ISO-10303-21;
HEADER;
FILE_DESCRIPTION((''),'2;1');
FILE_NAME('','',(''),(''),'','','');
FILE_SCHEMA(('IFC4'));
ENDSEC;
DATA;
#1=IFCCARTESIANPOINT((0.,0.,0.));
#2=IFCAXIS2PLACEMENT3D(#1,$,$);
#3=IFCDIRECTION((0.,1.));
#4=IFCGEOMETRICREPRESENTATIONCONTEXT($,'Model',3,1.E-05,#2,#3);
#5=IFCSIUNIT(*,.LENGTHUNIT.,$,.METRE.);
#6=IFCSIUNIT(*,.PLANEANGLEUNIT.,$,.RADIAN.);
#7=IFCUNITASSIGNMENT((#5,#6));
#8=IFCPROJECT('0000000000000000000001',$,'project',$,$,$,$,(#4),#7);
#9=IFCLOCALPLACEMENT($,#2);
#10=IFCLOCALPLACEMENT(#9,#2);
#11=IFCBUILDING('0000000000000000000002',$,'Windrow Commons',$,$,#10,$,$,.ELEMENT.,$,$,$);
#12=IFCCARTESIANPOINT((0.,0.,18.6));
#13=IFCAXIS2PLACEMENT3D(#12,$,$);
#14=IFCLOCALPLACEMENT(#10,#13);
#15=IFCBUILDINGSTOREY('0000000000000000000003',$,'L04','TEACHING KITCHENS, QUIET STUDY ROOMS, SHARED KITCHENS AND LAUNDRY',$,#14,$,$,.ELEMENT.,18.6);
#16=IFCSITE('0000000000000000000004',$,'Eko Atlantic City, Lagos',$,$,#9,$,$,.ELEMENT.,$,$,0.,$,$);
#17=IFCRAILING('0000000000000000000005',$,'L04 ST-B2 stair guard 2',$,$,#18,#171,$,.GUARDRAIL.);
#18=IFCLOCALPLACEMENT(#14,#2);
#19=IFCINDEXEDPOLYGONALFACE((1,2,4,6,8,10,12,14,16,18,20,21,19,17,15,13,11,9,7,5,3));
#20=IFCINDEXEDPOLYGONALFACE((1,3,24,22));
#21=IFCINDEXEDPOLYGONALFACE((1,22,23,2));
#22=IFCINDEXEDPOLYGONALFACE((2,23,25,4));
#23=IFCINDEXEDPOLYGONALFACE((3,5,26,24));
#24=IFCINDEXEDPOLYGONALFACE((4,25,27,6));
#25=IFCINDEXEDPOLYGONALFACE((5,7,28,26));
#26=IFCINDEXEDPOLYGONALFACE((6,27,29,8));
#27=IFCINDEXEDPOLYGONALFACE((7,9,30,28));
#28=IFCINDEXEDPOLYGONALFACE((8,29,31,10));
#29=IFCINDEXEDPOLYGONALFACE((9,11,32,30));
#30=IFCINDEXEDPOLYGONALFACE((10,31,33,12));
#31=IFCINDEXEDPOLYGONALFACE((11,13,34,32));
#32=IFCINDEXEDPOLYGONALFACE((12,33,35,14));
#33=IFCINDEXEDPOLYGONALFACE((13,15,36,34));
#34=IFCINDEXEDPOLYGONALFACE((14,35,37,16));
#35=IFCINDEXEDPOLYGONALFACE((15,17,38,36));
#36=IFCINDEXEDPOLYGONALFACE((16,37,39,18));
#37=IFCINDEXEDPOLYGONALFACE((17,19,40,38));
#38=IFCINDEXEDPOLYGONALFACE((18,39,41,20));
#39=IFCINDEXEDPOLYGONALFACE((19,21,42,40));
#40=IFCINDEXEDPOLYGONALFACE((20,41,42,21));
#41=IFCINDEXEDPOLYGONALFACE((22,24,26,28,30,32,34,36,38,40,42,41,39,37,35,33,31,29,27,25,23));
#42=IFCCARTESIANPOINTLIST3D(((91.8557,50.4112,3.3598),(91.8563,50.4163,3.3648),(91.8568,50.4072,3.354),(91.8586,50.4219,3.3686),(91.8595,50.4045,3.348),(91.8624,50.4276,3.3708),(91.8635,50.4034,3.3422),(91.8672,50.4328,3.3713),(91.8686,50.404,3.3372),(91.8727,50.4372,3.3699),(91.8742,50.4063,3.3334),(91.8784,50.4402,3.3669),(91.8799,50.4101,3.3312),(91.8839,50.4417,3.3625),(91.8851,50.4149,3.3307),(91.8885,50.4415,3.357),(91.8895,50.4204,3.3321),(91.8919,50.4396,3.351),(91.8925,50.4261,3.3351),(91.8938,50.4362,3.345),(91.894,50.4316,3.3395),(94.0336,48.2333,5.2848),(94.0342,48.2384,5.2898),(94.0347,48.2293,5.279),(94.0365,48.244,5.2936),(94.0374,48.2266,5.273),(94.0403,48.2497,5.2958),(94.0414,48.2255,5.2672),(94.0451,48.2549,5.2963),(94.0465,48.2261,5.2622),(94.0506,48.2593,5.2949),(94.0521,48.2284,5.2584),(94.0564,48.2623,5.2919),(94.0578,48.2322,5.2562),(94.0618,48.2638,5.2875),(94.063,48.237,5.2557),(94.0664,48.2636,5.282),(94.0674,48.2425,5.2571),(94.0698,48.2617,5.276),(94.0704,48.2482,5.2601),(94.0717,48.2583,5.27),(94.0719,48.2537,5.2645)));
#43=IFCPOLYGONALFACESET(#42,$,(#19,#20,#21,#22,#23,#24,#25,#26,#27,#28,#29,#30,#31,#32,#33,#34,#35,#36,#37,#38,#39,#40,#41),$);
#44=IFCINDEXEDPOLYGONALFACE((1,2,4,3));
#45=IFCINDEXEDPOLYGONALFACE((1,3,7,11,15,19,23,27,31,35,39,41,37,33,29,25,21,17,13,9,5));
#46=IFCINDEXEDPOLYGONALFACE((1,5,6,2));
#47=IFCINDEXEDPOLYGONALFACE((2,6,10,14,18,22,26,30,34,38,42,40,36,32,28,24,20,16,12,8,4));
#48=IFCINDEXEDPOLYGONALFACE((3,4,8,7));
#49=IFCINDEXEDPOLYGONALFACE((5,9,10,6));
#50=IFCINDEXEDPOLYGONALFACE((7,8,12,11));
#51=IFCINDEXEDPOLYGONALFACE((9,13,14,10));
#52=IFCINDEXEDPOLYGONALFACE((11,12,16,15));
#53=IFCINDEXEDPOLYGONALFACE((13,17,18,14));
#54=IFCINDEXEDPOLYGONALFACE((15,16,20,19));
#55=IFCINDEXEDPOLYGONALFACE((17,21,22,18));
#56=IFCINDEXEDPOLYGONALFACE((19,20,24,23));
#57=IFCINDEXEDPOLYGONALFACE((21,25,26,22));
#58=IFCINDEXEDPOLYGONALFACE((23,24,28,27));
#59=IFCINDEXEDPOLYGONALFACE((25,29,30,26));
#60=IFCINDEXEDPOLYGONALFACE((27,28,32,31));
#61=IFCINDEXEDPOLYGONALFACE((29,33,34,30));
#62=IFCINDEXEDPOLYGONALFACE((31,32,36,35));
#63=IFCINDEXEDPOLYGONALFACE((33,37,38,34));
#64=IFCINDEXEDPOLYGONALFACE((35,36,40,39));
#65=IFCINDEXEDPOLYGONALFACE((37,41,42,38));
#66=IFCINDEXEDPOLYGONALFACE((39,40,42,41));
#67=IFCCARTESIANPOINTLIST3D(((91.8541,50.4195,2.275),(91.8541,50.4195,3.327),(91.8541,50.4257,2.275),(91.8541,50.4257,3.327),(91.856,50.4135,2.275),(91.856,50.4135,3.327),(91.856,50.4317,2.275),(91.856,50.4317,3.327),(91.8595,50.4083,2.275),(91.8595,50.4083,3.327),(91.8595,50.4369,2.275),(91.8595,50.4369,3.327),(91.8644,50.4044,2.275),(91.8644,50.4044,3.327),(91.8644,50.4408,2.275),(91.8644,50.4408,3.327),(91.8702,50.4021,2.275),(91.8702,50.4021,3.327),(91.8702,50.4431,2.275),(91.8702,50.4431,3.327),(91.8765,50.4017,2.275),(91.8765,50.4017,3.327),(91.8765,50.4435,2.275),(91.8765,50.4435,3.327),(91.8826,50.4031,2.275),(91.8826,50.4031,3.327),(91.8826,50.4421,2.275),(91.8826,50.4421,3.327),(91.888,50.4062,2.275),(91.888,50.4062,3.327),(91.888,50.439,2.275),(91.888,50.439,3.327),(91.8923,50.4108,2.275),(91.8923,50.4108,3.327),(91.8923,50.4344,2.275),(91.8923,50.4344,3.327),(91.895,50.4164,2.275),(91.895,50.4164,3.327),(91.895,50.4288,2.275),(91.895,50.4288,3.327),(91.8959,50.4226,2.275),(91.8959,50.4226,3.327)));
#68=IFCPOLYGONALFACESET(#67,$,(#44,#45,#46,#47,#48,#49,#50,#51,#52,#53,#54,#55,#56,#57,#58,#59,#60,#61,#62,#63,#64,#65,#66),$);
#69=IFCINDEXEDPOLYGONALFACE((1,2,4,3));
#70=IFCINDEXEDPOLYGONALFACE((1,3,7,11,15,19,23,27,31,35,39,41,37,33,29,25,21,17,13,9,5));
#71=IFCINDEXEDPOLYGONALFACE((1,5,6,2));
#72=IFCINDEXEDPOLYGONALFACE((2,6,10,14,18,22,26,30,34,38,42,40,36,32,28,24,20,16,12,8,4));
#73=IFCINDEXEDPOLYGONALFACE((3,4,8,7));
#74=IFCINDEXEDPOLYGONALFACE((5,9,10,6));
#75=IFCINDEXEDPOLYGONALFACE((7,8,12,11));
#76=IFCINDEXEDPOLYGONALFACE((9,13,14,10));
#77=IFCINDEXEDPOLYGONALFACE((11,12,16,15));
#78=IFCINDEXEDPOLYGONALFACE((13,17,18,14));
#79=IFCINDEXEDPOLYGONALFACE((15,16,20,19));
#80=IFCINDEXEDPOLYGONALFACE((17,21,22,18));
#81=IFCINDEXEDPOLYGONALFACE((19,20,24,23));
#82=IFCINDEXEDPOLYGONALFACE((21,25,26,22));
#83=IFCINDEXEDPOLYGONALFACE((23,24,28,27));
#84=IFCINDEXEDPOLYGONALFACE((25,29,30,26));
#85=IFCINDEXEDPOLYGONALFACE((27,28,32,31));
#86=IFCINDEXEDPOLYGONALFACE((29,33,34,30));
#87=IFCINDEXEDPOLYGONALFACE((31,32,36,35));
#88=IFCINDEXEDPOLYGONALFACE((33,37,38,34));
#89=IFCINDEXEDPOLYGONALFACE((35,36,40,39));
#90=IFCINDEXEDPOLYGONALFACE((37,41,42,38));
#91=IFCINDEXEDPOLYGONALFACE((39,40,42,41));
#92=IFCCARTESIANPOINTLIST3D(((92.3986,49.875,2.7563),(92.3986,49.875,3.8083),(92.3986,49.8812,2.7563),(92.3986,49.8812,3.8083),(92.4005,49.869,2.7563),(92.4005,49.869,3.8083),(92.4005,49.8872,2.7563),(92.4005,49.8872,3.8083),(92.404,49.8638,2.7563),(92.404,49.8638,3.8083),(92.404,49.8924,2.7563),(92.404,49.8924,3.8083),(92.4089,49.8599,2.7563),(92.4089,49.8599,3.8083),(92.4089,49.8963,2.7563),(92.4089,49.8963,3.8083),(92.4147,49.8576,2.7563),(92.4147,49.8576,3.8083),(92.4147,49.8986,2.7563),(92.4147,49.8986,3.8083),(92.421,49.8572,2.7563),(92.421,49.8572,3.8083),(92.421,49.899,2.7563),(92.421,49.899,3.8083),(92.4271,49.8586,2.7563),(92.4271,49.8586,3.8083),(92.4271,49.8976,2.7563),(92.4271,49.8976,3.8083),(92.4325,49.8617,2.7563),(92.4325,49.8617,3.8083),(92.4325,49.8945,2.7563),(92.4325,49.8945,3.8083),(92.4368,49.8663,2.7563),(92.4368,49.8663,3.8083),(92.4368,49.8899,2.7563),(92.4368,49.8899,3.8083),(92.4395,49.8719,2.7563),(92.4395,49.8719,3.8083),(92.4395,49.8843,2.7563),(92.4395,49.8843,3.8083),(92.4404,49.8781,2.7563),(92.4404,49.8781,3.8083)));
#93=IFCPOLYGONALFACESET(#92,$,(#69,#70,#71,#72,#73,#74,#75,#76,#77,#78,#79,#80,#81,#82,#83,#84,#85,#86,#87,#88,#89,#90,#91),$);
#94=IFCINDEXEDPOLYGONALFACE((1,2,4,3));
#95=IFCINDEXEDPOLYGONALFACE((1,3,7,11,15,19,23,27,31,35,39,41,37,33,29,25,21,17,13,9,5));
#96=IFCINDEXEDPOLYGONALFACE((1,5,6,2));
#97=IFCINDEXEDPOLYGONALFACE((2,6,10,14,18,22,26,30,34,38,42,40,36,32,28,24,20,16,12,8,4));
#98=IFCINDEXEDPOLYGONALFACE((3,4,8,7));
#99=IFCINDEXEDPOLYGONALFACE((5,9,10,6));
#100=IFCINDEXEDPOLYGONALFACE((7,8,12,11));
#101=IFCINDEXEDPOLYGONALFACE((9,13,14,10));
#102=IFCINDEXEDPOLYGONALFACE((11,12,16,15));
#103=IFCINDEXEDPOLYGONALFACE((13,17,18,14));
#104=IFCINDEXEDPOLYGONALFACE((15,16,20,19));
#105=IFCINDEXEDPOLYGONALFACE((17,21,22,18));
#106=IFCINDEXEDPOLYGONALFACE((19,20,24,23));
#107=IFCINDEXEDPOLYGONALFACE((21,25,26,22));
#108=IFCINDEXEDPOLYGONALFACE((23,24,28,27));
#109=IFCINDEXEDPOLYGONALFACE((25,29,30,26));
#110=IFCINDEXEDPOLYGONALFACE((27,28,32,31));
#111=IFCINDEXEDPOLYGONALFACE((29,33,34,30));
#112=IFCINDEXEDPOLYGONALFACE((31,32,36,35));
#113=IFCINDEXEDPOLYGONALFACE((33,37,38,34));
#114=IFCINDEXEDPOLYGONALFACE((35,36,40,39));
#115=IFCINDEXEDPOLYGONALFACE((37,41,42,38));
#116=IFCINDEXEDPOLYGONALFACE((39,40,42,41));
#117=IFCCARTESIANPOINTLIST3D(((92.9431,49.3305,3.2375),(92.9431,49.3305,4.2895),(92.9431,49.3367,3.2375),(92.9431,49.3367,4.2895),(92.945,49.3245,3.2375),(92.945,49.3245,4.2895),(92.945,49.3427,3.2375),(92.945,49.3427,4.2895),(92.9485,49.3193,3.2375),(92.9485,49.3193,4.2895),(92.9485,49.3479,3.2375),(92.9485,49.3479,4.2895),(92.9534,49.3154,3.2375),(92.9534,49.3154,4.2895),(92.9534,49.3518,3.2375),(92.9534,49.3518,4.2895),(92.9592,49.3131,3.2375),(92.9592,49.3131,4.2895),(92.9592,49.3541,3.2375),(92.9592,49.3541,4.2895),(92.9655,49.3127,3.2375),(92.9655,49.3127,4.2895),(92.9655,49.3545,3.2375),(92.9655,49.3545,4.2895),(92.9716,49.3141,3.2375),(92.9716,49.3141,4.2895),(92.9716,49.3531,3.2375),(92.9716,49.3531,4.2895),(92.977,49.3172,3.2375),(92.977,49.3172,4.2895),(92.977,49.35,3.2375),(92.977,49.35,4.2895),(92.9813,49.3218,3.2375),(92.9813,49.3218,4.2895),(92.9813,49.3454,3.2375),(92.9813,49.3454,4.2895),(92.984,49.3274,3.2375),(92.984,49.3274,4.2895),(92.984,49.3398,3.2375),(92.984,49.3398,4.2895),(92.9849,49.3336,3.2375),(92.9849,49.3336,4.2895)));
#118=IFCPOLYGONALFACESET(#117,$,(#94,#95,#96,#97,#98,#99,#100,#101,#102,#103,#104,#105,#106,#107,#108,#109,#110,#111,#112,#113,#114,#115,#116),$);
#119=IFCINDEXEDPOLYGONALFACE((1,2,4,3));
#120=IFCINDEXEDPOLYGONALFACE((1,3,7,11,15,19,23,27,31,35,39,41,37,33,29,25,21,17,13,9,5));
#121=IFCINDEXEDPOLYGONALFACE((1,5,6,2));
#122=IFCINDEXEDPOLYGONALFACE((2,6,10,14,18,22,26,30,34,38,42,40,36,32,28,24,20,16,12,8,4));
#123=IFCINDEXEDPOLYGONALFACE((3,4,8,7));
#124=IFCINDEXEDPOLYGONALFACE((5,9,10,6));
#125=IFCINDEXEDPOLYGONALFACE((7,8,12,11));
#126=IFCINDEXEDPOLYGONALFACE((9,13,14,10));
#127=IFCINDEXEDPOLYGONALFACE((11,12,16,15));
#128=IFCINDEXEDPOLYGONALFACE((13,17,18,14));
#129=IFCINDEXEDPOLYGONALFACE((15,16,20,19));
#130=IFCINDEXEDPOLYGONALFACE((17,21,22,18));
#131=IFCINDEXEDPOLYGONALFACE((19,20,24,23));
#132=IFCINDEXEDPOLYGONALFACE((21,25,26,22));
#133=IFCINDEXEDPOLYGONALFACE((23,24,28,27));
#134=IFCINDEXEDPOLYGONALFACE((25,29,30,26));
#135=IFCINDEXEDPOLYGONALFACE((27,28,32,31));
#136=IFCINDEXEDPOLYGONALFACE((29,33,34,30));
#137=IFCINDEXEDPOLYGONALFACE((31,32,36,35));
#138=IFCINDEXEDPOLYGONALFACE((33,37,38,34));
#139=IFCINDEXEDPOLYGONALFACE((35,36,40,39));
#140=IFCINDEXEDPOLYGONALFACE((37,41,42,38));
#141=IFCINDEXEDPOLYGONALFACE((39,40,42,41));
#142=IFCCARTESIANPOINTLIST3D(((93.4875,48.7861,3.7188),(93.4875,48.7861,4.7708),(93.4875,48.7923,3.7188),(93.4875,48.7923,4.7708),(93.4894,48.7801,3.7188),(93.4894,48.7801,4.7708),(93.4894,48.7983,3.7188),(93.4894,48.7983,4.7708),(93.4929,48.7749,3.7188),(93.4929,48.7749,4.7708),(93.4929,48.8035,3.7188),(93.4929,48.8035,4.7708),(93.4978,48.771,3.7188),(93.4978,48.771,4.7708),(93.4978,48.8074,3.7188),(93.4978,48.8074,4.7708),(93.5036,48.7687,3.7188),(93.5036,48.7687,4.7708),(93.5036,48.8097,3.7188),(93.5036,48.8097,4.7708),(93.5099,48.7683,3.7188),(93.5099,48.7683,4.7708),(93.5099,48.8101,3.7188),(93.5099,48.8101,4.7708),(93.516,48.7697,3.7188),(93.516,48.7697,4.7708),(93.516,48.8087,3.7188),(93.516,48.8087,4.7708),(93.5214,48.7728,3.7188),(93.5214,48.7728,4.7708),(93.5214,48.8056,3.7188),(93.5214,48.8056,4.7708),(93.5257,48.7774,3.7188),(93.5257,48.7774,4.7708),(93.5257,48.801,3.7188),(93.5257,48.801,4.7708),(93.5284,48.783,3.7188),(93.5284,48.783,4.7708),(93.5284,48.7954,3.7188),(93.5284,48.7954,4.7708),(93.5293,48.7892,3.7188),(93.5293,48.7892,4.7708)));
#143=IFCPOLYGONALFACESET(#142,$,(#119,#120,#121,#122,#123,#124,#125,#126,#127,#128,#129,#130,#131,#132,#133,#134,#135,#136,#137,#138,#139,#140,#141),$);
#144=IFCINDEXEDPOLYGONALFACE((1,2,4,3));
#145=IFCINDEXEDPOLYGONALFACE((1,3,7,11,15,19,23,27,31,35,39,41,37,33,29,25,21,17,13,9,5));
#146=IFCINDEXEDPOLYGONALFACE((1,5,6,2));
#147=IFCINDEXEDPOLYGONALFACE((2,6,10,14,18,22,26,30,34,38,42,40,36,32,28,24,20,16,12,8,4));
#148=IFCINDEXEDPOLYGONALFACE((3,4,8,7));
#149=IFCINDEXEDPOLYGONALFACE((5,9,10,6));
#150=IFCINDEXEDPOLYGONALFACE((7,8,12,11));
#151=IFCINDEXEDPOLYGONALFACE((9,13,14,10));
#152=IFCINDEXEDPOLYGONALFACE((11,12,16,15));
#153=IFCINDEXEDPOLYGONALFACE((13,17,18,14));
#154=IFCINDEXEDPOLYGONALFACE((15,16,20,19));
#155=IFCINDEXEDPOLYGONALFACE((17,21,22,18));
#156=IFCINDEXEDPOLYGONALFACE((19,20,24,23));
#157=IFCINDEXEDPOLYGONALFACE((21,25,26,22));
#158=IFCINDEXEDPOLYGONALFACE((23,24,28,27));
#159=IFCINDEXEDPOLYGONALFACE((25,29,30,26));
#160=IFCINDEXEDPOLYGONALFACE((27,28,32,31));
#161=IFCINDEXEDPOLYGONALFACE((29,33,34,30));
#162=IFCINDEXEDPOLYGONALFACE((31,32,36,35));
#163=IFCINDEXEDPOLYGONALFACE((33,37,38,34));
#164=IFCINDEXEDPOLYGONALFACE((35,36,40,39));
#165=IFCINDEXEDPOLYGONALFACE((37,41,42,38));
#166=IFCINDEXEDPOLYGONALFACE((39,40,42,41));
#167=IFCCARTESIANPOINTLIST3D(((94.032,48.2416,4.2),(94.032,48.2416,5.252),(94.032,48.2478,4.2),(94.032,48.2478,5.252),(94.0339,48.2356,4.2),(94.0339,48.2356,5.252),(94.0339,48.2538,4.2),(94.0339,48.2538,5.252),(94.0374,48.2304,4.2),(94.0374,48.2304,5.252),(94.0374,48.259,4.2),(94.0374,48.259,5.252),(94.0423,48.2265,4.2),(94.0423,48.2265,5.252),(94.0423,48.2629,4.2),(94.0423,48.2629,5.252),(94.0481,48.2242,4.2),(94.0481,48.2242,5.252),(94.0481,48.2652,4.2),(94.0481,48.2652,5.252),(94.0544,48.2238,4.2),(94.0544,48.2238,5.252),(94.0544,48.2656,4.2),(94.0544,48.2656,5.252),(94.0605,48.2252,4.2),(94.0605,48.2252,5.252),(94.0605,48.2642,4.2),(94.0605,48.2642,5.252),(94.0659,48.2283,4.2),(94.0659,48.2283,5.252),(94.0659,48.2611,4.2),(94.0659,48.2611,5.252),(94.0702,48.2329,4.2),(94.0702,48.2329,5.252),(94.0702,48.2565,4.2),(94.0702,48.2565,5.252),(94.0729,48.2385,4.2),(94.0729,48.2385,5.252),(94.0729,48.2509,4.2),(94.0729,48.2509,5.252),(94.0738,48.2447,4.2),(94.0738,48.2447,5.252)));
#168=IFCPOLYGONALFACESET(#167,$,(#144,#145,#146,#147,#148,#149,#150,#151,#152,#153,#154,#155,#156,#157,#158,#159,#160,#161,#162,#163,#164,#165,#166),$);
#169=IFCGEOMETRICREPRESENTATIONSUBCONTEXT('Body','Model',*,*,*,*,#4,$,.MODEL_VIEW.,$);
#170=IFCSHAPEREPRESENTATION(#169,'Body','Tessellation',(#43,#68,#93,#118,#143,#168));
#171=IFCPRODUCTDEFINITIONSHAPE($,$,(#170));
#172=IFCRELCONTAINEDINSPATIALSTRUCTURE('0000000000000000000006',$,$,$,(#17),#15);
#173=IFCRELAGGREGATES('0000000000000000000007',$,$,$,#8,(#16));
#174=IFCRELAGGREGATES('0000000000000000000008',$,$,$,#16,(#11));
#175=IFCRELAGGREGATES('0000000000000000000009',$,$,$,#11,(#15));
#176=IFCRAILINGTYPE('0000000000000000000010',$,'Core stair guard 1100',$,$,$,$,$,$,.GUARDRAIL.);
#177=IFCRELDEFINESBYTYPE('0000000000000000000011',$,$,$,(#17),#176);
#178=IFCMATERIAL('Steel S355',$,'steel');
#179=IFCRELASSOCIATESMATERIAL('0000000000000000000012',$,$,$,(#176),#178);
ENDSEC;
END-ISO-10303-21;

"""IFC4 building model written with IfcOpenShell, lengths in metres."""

from ifc_helpers import new_model, si_unit, direction, frame, origin, origin_2d, place, context, subcontext, project, spatial, circle, extrude, material, type_object, element, save


model = new_model("IFC4")

# Units and contexts
model_context = context("Model", 3, precision=1e-05, world=origin(), true_north=direction((0.0, 1.0)))
body_context = subcontext(model_context, "Body", "Model", "MODEL_VIEW")
ifc_project = project(units=[si_unit("LENGTHUNIT", "METRE"), si_unit("PLANEANGLEUNIT", "RADIAN")], contexts=[model_context])

# Site, building, storey
site_placement = place(None, origin())
site = spatial("IfcSite", under=ifc_project, at=site_placement, Name="Eko Atlantic City, Lagos", CompositionType="ELEMENT", RefElevation=0.0)
building_placement = place(site_placement, origin())
building = spatial("IfcBuilding", under=site, at=building_placement, Name="Windrow Commons", CompositionType="ELEMENT")
storey_placement = place(building_placement, frame((0.0, 0.0, 18.6)))
storey = spatial("IfcBuildingStorey", under=building, at=storey_placement, Name="L04", Description="TEACHING KITCHENS, QUIET STUDY ROOMS, SHARED KITCHENS AND LAUNDRY", CompositionType="ELEMENT", Elevation=18.6)

# Railing
ifc_material_1 = material(Name="Steel S355", Category="steel")
railing_type_1 = type_object("IfcRailingType", Name="Core stair guard 1100", PredefinedType="GUARDRAIL", material=ifc_material_1)
railing_1_placement = place(storey_placement, frame((91.8749, 50.4226, 2.275)))
element("IfcRailing", 1, at=railing_1_placement, inside=storey, type_object=railing_type_1, Name="L04 ST-B2 stair guard 2", PredefinedType="GUARDRAIL", context=body_context, shape_type="SweptSolid", body=[
    extrude(circle(Radius=0.024, at=origin_2d()), frame((0.0, 0.0, 1.076), z_axis=(0.599626, -0.599626, 0.529997), x_axis=(0.707107, 0.707107, 0.0)), (0.0, 0.0, 1.0), 3.6321),
    extrude(circle(Radius=0.021, at=origin_2d()), origin(), (0.0, 0.0, 1.0), 1.052),
    extrude(circle(Radius=0.021, at=origin_2d()), frame((0.5445, -0.5445, 0.4813)), (0.0, 0.0, 1.0), 1.052),
    extrude(circle(Radius=0.021, at=origin_2d()), frame((1.089, -1.089, 0.9625)), (0.0, 0.0, 1.0), 1.052),
    extrude(circle(Radius=0.021, at=origin_2d()), frame((1.6334, -1.6334, 1.4438)), (0.0, 0.0, 1.0), 1.052),
    extrude(circle(Radius=0.021, at=origin_2d()), frame((2.1779, -2.1779, 1.925)), (0.0, 0.0, 1.0), 1.052),
])

save(model, "model.ifc")
